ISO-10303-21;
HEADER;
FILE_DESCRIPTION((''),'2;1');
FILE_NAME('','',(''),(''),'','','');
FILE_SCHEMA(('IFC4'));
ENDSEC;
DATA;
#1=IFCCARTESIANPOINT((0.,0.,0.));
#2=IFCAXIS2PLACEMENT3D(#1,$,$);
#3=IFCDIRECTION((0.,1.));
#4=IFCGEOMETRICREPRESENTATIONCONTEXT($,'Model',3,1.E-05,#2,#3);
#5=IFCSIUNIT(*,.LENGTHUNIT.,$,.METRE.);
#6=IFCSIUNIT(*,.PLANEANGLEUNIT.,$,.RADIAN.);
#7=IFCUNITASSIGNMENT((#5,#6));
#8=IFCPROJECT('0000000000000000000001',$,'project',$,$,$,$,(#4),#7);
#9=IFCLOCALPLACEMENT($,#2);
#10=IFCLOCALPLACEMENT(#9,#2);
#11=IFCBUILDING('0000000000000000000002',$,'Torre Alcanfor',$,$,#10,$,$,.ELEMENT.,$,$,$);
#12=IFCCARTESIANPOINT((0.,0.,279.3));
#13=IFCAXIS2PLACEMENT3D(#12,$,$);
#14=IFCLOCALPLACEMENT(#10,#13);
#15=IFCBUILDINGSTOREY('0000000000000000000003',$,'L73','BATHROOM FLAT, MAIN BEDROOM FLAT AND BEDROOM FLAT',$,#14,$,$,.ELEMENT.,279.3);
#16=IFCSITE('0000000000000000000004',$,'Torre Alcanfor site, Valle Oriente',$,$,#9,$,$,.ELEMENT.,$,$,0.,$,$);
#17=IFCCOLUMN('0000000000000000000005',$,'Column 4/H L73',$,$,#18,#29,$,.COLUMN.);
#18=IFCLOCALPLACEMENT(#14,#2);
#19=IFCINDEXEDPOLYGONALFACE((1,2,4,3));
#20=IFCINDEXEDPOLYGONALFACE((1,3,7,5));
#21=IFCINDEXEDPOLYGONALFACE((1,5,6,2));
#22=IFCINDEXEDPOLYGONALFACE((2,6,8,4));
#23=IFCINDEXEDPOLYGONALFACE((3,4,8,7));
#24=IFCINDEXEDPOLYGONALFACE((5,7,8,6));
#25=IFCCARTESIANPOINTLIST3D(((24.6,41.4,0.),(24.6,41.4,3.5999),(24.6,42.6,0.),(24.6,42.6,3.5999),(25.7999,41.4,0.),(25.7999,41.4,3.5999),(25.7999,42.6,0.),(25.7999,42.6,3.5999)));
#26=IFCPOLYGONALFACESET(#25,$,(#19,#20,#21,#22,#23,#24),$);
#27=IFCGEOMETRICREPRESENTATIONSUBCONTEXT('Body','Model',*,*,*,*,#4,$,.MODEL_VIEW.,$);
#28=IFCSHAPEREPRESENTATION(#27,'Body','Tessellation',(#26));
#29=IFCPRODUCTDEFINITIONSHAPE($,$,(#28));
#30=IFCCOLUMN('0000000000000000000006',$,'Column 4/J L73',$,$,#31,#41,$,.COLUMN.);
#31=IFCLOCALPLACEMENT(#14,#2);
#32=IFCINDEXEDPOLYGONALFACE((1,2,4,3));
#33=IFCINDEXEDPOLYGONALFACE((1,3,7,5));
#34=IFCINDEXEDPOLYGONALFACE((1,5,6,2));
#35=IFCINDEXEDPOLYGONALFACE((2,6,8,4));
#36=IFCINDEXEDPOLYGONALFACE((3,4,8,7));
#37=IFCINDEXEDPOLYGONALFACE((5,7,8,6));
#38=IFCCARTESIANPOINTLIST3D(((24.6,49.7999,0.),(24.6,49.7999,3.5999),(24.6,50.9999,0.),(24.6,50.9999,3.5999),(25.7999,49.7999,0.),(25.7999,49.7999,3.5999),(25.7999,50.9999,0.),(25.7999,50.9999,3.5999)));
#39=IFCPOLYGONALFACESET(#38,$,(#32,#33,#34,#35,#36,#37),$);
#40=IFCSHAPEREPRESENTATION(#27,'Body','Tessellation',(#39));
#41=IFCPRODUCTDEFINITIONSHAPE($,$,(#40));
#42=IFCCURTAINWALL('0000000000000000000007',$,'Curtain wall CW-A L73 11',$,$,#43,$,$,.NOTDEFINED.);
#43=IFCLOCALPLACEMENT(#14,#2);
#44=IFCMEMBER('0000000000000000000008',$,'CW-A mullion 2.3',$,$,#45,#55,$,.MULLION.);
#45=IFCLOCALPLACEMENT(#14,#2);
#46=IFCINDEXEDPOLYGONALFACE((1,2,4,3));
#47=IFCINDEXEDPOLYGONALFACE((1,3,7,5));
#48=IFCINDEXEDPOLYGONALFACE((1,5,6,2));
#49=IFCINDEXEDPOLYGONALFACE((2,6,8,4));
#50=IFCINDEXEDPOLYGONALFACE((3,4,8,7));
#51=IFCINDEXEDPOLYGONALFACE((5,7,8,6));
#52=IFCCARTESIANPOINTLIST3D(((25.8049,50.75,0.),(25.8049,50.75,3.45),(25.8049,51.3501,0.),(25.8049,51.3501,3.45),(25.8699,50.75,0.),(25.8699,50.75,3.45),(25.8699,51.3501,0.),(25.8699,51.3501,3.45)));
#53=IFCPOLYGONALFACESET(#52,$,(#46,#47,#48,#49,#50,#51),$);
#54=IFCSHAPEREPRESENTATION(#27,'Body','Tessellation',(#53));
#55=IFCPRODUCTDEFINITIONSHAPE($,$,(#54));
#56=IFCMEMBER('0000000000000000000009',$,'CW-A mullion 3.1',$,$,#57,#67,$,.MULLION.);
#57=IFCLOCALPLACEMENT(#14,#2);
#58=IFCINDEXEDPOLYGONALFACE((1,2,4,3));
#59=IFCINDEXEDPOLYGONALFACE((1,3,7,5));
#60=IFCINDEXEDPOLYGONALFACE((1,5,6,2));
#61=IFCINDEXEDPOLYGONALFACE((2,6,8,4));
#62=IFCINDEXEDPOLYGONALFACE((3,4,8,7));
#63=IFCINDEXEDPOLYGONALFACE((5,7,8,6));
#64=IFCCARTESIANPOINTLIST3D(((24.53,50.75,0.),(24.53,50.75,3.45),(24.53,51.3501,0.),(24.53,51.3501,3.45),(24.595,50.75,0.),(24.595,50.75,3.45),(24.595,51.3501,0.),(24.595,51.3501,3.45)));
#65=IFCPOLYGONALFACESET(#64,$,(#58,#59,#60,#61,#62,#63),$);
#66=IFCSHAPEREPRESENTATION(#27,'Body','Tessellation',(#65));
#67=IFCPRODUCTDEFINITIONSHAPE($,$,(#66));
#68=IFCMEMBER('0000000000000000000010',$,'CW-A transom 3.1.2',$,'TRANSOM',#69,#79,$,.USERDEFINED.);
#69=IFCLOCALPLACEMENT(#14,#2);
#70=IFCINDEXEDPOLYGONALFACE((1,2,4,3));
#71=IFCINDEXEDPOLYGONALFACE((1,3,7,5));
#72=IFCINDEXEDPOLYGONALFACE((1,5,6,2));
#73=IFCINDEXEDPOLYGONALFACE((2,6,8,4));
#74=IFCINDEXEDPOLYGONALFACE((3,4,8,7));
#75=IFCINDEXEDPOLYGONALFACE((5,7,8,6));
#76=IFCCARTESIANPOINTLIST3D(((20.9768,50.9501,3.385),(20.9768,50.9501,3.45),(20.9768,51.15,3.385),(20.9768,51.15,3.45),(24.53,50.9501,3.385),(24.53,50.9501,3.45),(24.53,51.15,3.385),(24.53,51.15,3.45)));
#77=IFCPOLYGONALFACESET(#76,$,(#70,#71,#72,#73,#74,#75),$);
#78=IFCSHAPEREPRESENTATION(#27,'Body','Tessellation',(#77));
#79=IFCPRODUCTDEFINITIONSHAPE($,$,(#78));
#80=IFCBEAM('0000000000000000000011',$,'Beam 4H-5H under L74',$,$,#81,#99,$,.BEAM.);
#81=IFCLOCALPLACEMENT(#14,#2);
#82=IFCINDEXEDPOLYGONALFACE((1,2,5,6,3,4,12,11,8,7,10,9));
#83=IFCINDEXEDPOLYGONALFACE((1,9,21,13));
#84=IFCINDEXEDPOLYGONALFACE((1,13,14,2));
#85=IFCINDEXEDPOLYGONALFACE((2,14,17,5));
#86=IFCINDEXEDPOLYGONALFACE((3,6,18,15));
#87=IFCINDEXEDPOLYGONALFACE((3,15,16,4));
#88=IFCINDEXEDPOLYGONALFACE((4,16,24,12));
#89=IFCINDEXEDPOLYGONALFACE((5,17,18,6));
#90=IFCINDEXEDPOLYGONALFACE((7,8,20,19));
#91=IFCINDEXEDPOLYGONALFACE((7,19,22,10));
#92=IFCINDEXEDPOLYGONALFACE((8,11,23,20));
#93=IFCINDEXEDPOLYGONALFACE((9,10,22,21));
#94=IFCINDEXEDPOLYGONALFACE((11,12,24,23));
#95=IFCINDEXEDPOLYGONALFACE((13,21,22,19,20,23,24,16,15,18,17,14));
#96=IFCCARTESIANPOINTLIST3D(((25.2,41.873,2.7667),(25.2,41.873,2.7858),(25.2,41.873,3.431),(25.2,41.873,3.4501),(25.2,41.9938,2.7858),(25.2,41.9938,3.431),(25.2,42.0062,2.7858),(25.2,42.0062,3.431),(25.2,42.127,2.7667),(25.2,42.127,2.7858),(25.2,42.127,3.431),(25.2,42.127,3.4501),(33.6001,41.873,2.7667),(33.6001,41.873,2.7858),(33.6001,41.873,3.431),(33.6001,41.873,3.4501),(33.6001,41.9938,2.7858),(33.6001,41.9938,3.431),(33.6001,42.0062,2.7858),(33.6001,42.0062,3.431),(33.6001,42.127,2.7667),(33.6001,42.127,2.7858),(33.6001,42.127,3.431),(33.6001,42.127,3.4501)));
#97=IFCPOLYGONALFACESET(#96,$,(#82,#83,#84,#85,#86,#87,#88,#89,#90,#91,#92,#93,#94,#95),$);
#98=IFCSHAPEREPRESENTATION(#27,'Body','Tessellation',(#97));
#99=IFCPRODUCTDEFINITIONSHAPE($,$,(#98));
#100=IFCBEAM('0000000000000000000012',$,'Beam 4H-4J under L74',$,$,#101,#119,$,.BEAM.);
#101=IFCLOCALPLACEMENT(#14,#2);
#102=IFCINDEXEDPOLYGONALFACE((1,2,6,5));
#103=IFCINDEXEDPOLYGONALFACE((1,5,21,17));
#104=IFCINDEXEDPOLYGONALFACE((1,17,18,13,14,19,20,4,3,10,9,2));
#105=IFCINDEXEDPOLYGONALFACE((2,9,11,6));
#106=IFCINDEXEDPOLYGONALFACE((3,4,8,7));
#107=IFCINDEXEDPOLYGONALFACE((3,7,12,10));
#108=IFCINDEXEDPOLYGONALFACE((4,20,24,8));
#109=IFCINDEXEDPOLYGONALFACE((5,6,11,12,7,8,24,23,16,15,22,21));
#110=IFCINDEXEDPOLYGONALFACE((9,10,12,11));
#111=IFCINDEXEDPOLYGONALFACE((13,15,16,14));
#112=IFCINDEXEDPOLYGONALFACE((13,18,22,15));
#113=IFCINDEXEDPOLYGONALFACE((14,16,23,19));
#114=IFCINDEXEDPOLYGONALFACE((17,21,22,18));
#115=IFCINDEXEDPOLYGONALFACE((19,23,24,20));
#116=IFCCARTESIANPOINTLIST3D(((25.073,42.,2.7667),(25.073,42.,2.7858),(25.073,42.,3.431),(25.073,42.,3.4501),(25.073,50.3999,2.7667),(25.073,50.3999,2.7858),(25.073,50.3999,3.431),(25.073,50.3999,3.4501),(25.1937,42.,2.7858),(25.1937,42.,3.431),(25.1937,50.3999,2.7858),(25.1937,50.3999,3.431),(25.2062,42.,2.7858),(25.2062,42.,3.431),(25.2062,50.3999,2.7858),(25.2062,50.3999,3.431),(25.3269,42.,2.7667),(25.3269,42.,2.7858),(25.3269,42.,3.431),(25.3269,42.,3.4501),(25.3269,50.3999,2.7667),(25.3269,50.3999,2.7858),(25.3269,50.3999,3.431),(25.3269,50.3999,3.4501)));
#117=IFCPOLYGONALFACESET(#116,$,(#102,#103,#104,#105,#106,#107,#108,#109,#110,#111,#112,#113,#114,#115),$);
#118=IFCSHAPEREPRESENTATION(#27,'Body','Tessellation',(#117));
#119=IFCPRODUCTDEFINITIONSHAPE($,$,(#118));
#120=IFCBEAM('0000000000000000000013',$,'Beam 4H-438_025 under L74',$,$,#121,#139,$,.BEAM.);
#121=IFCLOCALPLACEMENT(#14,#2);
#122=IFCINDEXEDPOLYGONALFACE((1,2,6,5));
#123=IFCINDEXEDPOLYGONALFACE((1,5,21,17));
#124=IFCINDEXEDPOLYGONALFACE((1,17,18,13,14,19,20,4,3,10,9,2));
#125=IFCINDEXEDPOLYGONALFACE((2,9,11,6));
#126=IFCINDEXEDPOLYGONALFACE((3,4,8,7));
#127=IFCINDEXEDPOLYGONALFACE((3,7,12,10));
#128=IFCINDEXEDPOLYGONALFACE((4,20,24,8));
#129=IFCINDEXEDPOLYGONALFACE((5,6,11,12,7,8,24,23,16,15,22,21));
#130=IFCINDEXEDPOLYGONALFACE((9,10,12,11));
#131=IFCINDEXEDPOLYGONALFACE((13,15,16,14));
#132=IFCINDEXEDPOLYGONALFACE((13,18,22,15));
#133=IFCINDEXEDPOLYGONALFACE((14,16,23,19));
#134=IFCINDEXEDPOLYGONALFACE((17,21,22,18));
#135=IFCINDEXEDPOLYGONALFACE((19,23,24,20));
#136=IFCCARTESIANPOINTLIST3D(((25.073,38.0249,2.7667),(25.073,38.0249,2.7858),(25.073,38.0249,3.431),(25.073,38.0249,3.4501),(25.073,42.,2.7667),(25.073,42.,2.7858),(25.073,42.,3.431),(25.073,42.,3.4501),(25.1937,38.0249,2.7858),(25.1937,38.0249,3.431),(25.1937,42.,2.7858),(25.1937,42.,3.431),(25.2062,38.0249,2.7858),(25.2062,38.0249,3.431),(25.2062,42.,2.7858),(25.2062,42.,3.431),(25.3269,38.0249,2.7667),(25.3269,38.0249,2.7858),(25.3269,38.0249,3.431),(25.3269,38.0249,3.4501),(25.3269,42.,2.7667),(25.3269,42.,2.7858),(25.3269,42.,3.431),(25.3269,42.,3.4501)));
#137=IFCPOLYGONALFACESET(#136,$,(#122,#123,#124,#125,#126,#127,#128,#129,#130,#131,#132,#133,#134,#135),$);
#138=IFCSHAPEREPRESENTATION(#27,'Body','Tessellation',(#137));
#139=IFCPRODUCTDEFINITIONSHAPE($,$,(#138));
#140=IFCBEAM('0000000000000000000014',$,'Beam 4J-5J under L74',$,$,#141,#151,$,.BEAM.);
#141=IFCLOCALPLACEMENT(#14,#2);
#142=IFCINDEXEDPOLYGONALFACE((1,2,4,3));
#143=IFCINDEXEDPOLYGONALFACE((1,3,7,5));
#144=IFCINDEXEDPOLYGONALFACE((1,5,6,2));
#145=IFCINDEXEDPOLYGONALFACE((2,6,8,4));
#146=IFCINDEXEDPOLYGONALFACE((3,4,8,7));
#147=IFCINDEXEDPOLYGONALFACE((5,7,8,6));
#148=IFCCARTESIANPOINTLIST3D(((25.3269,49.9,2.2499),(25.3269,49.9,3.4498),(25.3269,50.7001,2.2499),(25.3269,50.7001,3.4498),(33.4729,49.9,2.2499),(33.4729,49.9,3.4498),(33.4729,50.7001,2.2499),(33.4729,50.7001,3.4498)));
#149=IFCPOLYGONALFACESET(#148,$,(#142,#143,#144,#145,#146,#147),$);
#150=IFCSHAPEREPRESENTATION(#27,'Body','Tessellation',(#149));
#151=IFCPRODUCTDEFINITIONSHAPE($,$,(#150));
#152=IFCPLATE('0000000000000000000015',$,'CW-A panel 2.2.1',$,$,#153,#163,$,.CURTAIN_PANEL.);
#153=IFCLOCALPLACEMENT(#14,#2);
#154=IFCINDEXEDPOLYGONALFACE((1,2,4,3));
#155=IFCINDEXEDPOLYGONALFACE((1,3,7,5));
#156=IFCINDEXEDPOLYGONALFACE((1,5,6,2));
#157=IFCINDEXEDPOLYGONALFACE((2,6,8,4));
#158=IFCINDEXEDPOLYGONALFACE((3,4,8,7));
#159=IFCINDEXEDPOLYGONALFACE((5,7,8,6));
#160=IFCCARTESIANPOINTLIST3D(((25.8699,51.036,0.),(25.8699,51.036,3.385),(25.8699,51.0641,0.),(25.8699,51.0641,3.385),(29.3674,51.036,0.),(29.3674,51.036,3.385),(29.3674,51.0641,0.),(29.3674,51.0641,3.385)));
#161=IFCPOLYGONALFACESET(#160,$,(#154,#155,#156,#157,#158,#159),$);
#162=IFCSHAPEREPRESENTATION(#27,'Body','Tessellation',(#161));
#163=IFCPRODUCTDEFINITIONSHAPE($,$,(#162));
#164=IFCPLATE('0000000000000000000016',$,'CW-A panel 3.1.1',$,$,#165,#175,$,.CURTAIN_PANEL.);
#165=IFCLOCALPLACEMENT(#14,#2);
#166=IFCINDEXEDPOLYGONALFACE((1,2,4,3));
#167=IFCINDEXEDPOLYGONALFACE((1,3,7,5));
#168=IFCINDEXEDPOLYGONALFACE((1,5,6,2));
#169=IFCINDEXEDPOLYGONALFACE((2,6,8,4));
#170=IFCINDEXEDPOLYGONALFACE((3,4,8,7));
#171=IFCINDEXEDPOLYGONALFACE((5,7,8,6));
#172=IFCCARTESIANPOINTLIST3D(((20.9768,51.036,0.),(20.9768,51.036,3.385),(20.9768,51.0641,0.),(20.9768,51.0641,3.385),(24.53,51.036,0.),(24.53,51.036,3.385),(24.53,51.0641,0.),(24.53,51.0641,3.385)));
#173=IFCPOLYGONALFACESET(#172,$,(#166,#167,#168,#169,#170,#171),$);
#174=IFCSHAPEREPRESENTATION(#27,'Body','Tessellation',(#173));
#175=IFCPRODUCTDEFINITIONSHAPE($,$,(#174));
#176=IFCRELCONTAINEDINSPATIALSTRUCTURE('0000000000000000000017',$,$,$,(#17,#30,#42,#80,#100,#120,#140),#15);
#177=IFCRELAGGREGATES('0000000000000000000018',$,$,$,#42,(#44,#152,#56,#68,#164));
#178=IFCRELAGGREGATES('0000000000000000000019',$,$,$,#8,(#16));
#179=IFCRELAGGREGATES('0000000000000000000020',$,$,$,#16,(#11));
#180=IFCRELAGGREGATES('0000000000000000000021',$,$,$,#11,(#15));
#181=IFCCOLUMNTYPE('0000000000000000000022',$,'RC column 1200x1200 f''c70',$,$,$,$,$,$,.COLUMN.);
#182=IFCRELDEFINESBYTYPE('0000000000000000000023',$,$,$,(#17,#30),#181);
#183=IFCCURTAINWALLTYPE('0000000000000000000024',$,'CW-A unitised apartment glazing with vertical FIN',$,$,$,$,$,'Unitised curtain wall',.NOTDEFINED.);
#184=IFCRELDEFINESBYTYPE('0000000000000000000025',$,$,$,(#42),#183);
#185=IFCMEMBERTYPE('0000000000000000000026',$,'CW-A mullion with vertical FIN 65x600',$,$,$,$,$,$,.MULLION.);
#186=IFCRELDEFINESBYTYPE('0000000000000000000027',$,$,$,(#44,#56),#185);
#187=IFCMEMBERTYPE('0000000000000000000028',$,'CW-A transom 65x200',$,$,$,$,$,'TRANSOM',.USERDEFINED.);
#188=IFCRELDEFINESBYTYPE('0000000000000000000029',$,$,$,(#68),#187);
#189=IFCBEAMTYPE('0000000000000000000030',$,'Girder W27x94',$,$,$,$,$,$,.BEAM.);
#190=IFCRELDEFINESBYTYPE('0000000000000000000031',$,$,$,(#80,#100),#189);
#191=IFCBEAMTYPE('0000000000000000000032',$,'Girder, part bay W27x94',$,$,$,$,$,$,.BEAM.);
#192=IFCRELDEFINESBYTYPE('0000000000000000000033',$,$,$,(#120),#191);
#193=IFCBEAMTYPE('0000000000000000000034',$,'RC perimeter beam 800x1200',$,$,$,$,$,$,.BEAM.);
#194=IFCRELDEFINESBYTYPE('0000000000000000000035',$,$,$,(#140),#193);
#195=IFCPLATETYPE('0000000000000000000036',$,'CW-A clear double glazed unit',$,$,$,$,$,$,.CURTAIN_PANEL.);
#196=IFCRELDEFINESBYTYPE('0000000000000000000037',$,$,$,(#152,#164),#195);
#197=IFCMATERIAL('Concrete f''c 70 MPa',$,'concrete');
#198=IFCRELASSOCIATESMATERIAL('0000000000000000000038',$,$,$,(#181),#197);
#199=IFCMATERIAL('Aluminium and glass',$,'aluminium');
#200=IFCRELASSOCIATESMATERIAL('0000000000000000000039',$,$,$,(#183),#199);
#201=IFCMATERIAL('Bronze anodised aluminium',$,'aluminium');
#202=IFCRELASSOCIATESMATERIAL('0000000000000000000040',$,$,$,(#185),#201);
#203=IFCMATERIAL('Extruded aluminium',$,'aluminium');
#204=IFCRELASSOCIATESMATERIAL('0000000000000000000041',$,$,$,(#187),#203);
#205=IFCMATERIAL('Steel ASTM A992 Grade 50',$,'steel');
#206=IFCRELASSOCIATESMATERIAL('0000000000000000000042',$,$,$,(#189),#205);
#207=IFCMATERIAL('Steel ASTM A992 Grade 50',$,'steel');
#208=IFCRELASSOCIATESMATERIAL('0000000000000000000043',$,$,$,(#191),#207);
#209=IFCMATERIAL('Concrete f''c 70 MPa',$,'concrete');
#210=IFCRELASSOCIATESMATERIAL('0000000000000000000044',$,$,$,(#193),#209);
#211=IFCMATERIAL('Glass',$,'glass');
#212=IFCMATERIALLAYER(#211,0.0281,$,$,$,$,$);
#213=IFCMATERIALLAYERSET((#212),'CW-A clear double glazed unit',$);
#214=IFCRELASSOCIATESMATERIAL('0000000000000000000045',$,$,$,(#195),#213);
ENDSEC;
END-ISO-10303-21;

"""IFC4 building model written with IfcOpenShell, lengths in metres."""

from ifc_helpers import new_model, si_unit, direction, frame, origin, origin_2d, place, context, subcontext, project, spatial, rectangle, i_section, extrude, material, layer, layer_set, material_profile, profile_set, type_object, element, aggregate, save


model = new_model("IFC4")

# Units and contexts
model_context = context("Model", 3, precision=1e-05, world=origin(), true_north=direction((0.0, 1.0)))
body_context = subcontext(model_context, "Body", "Model", "MODEL_VIEW")
ifc_project = project(units=[si_unit("LENGTHUNIT", "METRE"), si_unit("PLANEANGLEUNIT", "RADIAN")], contexts=[model_context])

# Site, building, storey
site_placement = place(None, origin())
site = spatial("IfcSite", under=ifc_project, at=site_placement, Name="Torre Alcanfor site, Valle Oriente", CompositionType="ELEMENT", RefElevation=0.0)
building_placement = place(site_placement, origin())
building = spatial("IfcBuilding", under=site, at=building_placement, Name="Torre Alcanfor", CompositionType="ELEMENT")
storey_placement = place(building_placement, frame((0.0, 0.0, 279.3)))
storey = spatial("IfcBuildingStorey", under=building, at=storey_placement, Name="L73", Description="BATHROOM FLAT, MAIN BEDROOM FLAT AND BEDROOM FLAT", CompositionType="ELEMENT", Elevation=279.3)

# Columns
ifc_material_1 = material(Name="Concrete f'c 70 MPa", Category="concrete")
ifc_material_profile_1 = material_profile(ifc_material_1, rectangle(XDim=1.2, YDim=1.2, at=origin_2d()), Name="1200x1200")
ifc_profile_set_1 = profile_set([ifc_material_profile_1], Name="Concrete f'c 70 MPa")
column_type = type_object("IfcColumnType", Name="RC column 1200x1200 f'c70", PredefinedType="COLUMN", material=ifc_profile_set_1)
for number, where, z_axis, x_axis, name in (
    (1, (25.2, 42.0, 0.0), (0.0, 0.0, 1.0), (1.0, 0.0, 0.0), "Column 4/H L73"),
    (2, (25.2, 50.3999, 0.0), (0.0, 0.0, 1.0), (1.0, 0.0, 0.0), "Column 4/J L73"),
):
    element("IfcColumn", number, at=place(storey_placement, frame(where, z_axis=z_axis, x_axis=x_axis)), inside=storey, type_object=column_type, Name=name, PredefinedType="COLUMN", context=body_context, shape_type="SweptSolid", body=[
        extrude(rectangle(XDim=1.2, YDim=1.2, at=origin_2d()), origin(), (0.0, 0.0, 1.0), 3.5999),
    ])

# Curtain wall, members
ifc_material_2 = material(Name="Aluminium and glass", Category="aluminium")
curtain_wall_type = type_object("IfcCurtainWallType", Name="CW-A unitised apartment glazing with vertical FIN", ElementType="Unitised curtain wall", PredefinedType="NOTDEFINED", material=ifc_material_2)
curtain_wall_placement = place(storey_placement, origin())
curtain_wall = element("IfcCurtainWall", 3, at=curtain_wall_placement, inside=storey, type_object=curtain_wall_type, Name="Curtain wall CW-A L73 11", PredefinedType="NOTDEFINED")
ifc_material_3 = material(Name="Bronze anodised aluminium", Category="aluminium")
ifc_material_profile_2 = material_profile(ifc_material_3, rectangle(XDim=0.6001, YDim=0.0649, at=origin_2d()), Name="CW-A mullion 65x600")
ifc_profile_set_2 = profile_set([ifc_material_profile_2], Name="Bronze anodised aluminium")
member_type_1 = type_object("IfcMemberType", Name="CW-A mullion with vertical FIN 65x600", PredefinedType="MULLION", material=ifc_profile_set_2)
member_1_placement = place(storey_placement, frame((25.8374, 51.05, 0.0), z_axis=(0.0, 0.0, 1.0), x_axis=(0.0, -1.0, 0.0)))
member_1 = element("IfcMember", 4, at=member_1_placement, type_object=member_type_1, Name="CW-A mullion 2.3", PredefinedType="MULLION", context=body_context, shape_type="SweptSolid", body=[
    extrude(rectangle(XDim=0.6001, YDim=0.0649, at=origin_2d()), origin(), (0.0, 0.0, 1.0), 3.45),
])
member_2_placement = place(storey_placement, frame((24.5625, 51.05, 0.0), z_axis=(0.0, 0.0, 1.0), x_axis=(0.0, -1.0, 0.0)))
member_2 = element("IfcMember", 5, at=member_2_placement, type_object=member_type_1, Name="CW-A mullion 3.1", PredefinedType="MULLION", context=body_context, shape_type="SweptSolid", body=[
    extrude(rectangle(XDim=0.6001, YDim=0.0649, at=origin_2d()), origin(), (0.0, 0.0, 1.0), 3.45),
])
ifc_material_4 = material(Name="Extruded aluminium", Category="aluminium")
ifc_material_profile_3 = material_profile(ifc_material_4, rectangle(XDim=0.2, YDim=0.0649, at=origin_2d()), Name="CW-A transom 200x65")
ifc_profile_set_3 = profile_set([ifc_material_profile_3], Name="Extruded aluminium")
member_type_2 = type_object("IfcMemberType", Name="CW-A transom 65x200", ElementType="TRANSOM", PredefinedType="USERDEFINED", material=ifc_profile_set_3)
member_3_placement = place(storey_placement, frame((24.53, 51.05, 3.4175), z_axis=(-1.0, 0.0, 0.0), x_axis=(0.0, -1.0, 0.0)))
member_3 = element("IfcMember", 6, at=member_3_placement, type_object=member_type_2, Name="CW-A transom 3.1.2", ObjectType="TRANSOM", PredefinedType="USERDEFINED", context=body_context, shape_type="SweptSolid", body=[
    extrude(rectangle(XDim=0.2, YDim=0.0649, at=origin_2d()), origin(), (0.0, 0.0, 1.0), 3.5532),
])

# Beams
ifc_material_5 = material(Name="Steel ASTM A992 Grade 50", Category="steel")
ifc_material_profile_4 = material_profile(ifc_material_5, i_section(OverallWidth=0.2539, OverallDepth=0.6833, WebThickness=0.0125, FlangeThickness=0.019, at=origin_2d()), Name="W27x94")
ifc_profile_set_4 = profile_set([ifc_material_profile_4], Name="Steel ASTM A992 Grade 50")
beam_type_1 = type_object("IfcBeamType", Name="Girder W27x94", PredefinedType="BEAM", material=ifc_profile_set_4)
beam_1_placement = place(storey_placement, frame((25.2, 42.0, 3.1084), z_axis=(1.0, 0.0, 0.0), x_axis=(0.0, 1.0, 0.0)))
element("IfcBeam", 7, at=beam_1_placement, inside=storey, type_object=beam_type_1, Name="Beam 4H-5H under L74", PredefinedType="BEAM", context=body_context, shape_type="SweptSolid", body=[
    extrude(i_section(OverallWidth=0.2539, OverallDepth=0.6833, WebThickness=0.0125, FlangeThickness=0.019, at=origin_2d()), origin(), (0.0, 0.0, 1.0), 8.4001),
])
beam_2_placement = place(storey_placement, frame((25.2, 42.0, 3.1084), z_axis=(0.0, 1.0, 0.0), x_axis=(-1.0, 0.0, 0.0)))
element("IfcBeam", 8, at=beam_2_placement, inside=storey, type_object=beam_type_1, Name="Beam 4H-4J under L74", PredefinedType="BEAM", context=body_context, shape_type="SweptSolid", body=[
    extrude(i_section(OverallWidth=0.2539, OverallDepth=0.6833, WebThickness=0.0125, FlangeThickness=0.019, at=origin_2d()), origin(), (0.0, 0.0, 1.0), 8.3999),
])
ifc_material_6 = material(Name="Steel ASTM A992 Grade 50", Category="steel")
ifc_material_profile_5 = material_profile(ifc_material_6, i_section(OverallWidth=0.2539, OverallDepth=0.6833, WebThickness=0.0125, FlangeThickness=0.019, at=origin_2d()), Name="W27x94")
ifc_profile_set_5 = profile_set([ifc_material_profile_5], Name="Steel ASTM A992 Grade 50")
beam_type_2 = type_object("IfcBeamType", Name="Girder, part bay W27x94", PredefinedType="BEAM", material=ifc_profile_set_5)
beam_3_placement = place(storey_placement, frame((25.2, 42.0, 3.1084), z_axis=(0.0, -1.0, 0.0), x_axis=(1.0, 0.0, 0.0)))
element("IfcBeam", 9, at=beam_3_placement, inside=storey, type_object=beam_type_2, Name="Beam 4H-438_025 under L74", PredefinedType="BEAM", context=body_context, shape_type="SweptSolid", body=[
    extrude(i_section(OverallWidth=0.2539, OverallDepth=0.6833, WebThickness=0.0125, FlangeThickness=0.019, at=origin_2d()), origin(), (0.0, 0.0, 1.0), 3.9751),
])
ifc_material_7 = material(Name="Concrete f'c 70 MPa", Category="concrete")
ifc_material_profile_6 = material_profile(ifc_material_7, rectangle(XDim=0.8, YDim=1.2, at=origin_2d()), Name="800x1200")
ifc_profile_set_6 = profile_set([ifc_material_profile_6], Name="Concrete f'c 70 MPa")
beam_type_3 = type_object("IfcBeamType", Name="RC perimeter beam 800x1200", PredefinedType="BEAM", material=ifc_profile_set_6)
beam_4_placement = place(storey_placement, frame((25.3269, 50.3, 2.8499), z_axis=(1.0, 0.0, 0.0), x_axis=(0.0, 1.0, 0.0)))
element("IfcBeam", 10, at=beam_4_placement, inside=storey, type_object=beam_type_3, Name="Beam 4J-5J under L74", PredefinedType="BEAM", context=body_context, shape_type="SweptSolid", body=[
    extrude(rectangle(XDim=0.8, YDim=1.2, at=origin_2d()), origin(), (0.0, 0.0, 1.0), 8.146),
])

# Plates
ifc_material_8 = material(Name="Glass", Category="glass")
ifc_layer_1 = layer(ifc_material_8, 0.0281)
ifc_layer_set_1 = layer_set([ifc_layer_1], Name="CW-A clear double glazed unit")
plate_type = type_object("IfcPlateType", Name="CW-A clear double glazed unit", PredefinedType="CURTAIN_PANEL", material=ifc_layer_set_1)
plate_1_placement = place(storey_placement, frame((27.6187, 51.05, 0.0), z_axis=(0.0, 0.0, 1.0), x_axis=(-1.0, 0.0, 0.0)))
plate_1 = element("IfcPlate", 11, at=plate_1_placement, type_object=plate_type, Name="CW-A panel 2.2.1", PredefinedType="CURTAIN_PANEL", context=body_context, shape_type="SweptSolid", body=[
    extrude(rectangle(XDim=3.4976, YDim=0.0281, at=origin_2d()), origin(), (0.0, 0.0, 1.0), 3.385),
])
plate_2_placement = place(storey_placement, frame((22.7534, 51.05, 0.0), z_axis=(0.0, 0.0, 1.0), x_axis=(-1.0, 0.0, 0.0)))
plate_2 = element("IfcPlate", 12, at=plate_2_placement, type_object=plate_type, Name="CW-A panel 3.1.1", PredefinedType="CURTAIN_PANEL", context=body_context, shape_type="SweptSolid", body=[
    extrude(rectangle(XDim=3.5532, YDim=0.0281, at=origin_2d()), origin(), (0.0, 0.0, 1.0), 3.385),
])
aggregate(curtain_wall, [member_1, plate_1, member_2, member_3, plate_2])

save(model, "model.ifc")
